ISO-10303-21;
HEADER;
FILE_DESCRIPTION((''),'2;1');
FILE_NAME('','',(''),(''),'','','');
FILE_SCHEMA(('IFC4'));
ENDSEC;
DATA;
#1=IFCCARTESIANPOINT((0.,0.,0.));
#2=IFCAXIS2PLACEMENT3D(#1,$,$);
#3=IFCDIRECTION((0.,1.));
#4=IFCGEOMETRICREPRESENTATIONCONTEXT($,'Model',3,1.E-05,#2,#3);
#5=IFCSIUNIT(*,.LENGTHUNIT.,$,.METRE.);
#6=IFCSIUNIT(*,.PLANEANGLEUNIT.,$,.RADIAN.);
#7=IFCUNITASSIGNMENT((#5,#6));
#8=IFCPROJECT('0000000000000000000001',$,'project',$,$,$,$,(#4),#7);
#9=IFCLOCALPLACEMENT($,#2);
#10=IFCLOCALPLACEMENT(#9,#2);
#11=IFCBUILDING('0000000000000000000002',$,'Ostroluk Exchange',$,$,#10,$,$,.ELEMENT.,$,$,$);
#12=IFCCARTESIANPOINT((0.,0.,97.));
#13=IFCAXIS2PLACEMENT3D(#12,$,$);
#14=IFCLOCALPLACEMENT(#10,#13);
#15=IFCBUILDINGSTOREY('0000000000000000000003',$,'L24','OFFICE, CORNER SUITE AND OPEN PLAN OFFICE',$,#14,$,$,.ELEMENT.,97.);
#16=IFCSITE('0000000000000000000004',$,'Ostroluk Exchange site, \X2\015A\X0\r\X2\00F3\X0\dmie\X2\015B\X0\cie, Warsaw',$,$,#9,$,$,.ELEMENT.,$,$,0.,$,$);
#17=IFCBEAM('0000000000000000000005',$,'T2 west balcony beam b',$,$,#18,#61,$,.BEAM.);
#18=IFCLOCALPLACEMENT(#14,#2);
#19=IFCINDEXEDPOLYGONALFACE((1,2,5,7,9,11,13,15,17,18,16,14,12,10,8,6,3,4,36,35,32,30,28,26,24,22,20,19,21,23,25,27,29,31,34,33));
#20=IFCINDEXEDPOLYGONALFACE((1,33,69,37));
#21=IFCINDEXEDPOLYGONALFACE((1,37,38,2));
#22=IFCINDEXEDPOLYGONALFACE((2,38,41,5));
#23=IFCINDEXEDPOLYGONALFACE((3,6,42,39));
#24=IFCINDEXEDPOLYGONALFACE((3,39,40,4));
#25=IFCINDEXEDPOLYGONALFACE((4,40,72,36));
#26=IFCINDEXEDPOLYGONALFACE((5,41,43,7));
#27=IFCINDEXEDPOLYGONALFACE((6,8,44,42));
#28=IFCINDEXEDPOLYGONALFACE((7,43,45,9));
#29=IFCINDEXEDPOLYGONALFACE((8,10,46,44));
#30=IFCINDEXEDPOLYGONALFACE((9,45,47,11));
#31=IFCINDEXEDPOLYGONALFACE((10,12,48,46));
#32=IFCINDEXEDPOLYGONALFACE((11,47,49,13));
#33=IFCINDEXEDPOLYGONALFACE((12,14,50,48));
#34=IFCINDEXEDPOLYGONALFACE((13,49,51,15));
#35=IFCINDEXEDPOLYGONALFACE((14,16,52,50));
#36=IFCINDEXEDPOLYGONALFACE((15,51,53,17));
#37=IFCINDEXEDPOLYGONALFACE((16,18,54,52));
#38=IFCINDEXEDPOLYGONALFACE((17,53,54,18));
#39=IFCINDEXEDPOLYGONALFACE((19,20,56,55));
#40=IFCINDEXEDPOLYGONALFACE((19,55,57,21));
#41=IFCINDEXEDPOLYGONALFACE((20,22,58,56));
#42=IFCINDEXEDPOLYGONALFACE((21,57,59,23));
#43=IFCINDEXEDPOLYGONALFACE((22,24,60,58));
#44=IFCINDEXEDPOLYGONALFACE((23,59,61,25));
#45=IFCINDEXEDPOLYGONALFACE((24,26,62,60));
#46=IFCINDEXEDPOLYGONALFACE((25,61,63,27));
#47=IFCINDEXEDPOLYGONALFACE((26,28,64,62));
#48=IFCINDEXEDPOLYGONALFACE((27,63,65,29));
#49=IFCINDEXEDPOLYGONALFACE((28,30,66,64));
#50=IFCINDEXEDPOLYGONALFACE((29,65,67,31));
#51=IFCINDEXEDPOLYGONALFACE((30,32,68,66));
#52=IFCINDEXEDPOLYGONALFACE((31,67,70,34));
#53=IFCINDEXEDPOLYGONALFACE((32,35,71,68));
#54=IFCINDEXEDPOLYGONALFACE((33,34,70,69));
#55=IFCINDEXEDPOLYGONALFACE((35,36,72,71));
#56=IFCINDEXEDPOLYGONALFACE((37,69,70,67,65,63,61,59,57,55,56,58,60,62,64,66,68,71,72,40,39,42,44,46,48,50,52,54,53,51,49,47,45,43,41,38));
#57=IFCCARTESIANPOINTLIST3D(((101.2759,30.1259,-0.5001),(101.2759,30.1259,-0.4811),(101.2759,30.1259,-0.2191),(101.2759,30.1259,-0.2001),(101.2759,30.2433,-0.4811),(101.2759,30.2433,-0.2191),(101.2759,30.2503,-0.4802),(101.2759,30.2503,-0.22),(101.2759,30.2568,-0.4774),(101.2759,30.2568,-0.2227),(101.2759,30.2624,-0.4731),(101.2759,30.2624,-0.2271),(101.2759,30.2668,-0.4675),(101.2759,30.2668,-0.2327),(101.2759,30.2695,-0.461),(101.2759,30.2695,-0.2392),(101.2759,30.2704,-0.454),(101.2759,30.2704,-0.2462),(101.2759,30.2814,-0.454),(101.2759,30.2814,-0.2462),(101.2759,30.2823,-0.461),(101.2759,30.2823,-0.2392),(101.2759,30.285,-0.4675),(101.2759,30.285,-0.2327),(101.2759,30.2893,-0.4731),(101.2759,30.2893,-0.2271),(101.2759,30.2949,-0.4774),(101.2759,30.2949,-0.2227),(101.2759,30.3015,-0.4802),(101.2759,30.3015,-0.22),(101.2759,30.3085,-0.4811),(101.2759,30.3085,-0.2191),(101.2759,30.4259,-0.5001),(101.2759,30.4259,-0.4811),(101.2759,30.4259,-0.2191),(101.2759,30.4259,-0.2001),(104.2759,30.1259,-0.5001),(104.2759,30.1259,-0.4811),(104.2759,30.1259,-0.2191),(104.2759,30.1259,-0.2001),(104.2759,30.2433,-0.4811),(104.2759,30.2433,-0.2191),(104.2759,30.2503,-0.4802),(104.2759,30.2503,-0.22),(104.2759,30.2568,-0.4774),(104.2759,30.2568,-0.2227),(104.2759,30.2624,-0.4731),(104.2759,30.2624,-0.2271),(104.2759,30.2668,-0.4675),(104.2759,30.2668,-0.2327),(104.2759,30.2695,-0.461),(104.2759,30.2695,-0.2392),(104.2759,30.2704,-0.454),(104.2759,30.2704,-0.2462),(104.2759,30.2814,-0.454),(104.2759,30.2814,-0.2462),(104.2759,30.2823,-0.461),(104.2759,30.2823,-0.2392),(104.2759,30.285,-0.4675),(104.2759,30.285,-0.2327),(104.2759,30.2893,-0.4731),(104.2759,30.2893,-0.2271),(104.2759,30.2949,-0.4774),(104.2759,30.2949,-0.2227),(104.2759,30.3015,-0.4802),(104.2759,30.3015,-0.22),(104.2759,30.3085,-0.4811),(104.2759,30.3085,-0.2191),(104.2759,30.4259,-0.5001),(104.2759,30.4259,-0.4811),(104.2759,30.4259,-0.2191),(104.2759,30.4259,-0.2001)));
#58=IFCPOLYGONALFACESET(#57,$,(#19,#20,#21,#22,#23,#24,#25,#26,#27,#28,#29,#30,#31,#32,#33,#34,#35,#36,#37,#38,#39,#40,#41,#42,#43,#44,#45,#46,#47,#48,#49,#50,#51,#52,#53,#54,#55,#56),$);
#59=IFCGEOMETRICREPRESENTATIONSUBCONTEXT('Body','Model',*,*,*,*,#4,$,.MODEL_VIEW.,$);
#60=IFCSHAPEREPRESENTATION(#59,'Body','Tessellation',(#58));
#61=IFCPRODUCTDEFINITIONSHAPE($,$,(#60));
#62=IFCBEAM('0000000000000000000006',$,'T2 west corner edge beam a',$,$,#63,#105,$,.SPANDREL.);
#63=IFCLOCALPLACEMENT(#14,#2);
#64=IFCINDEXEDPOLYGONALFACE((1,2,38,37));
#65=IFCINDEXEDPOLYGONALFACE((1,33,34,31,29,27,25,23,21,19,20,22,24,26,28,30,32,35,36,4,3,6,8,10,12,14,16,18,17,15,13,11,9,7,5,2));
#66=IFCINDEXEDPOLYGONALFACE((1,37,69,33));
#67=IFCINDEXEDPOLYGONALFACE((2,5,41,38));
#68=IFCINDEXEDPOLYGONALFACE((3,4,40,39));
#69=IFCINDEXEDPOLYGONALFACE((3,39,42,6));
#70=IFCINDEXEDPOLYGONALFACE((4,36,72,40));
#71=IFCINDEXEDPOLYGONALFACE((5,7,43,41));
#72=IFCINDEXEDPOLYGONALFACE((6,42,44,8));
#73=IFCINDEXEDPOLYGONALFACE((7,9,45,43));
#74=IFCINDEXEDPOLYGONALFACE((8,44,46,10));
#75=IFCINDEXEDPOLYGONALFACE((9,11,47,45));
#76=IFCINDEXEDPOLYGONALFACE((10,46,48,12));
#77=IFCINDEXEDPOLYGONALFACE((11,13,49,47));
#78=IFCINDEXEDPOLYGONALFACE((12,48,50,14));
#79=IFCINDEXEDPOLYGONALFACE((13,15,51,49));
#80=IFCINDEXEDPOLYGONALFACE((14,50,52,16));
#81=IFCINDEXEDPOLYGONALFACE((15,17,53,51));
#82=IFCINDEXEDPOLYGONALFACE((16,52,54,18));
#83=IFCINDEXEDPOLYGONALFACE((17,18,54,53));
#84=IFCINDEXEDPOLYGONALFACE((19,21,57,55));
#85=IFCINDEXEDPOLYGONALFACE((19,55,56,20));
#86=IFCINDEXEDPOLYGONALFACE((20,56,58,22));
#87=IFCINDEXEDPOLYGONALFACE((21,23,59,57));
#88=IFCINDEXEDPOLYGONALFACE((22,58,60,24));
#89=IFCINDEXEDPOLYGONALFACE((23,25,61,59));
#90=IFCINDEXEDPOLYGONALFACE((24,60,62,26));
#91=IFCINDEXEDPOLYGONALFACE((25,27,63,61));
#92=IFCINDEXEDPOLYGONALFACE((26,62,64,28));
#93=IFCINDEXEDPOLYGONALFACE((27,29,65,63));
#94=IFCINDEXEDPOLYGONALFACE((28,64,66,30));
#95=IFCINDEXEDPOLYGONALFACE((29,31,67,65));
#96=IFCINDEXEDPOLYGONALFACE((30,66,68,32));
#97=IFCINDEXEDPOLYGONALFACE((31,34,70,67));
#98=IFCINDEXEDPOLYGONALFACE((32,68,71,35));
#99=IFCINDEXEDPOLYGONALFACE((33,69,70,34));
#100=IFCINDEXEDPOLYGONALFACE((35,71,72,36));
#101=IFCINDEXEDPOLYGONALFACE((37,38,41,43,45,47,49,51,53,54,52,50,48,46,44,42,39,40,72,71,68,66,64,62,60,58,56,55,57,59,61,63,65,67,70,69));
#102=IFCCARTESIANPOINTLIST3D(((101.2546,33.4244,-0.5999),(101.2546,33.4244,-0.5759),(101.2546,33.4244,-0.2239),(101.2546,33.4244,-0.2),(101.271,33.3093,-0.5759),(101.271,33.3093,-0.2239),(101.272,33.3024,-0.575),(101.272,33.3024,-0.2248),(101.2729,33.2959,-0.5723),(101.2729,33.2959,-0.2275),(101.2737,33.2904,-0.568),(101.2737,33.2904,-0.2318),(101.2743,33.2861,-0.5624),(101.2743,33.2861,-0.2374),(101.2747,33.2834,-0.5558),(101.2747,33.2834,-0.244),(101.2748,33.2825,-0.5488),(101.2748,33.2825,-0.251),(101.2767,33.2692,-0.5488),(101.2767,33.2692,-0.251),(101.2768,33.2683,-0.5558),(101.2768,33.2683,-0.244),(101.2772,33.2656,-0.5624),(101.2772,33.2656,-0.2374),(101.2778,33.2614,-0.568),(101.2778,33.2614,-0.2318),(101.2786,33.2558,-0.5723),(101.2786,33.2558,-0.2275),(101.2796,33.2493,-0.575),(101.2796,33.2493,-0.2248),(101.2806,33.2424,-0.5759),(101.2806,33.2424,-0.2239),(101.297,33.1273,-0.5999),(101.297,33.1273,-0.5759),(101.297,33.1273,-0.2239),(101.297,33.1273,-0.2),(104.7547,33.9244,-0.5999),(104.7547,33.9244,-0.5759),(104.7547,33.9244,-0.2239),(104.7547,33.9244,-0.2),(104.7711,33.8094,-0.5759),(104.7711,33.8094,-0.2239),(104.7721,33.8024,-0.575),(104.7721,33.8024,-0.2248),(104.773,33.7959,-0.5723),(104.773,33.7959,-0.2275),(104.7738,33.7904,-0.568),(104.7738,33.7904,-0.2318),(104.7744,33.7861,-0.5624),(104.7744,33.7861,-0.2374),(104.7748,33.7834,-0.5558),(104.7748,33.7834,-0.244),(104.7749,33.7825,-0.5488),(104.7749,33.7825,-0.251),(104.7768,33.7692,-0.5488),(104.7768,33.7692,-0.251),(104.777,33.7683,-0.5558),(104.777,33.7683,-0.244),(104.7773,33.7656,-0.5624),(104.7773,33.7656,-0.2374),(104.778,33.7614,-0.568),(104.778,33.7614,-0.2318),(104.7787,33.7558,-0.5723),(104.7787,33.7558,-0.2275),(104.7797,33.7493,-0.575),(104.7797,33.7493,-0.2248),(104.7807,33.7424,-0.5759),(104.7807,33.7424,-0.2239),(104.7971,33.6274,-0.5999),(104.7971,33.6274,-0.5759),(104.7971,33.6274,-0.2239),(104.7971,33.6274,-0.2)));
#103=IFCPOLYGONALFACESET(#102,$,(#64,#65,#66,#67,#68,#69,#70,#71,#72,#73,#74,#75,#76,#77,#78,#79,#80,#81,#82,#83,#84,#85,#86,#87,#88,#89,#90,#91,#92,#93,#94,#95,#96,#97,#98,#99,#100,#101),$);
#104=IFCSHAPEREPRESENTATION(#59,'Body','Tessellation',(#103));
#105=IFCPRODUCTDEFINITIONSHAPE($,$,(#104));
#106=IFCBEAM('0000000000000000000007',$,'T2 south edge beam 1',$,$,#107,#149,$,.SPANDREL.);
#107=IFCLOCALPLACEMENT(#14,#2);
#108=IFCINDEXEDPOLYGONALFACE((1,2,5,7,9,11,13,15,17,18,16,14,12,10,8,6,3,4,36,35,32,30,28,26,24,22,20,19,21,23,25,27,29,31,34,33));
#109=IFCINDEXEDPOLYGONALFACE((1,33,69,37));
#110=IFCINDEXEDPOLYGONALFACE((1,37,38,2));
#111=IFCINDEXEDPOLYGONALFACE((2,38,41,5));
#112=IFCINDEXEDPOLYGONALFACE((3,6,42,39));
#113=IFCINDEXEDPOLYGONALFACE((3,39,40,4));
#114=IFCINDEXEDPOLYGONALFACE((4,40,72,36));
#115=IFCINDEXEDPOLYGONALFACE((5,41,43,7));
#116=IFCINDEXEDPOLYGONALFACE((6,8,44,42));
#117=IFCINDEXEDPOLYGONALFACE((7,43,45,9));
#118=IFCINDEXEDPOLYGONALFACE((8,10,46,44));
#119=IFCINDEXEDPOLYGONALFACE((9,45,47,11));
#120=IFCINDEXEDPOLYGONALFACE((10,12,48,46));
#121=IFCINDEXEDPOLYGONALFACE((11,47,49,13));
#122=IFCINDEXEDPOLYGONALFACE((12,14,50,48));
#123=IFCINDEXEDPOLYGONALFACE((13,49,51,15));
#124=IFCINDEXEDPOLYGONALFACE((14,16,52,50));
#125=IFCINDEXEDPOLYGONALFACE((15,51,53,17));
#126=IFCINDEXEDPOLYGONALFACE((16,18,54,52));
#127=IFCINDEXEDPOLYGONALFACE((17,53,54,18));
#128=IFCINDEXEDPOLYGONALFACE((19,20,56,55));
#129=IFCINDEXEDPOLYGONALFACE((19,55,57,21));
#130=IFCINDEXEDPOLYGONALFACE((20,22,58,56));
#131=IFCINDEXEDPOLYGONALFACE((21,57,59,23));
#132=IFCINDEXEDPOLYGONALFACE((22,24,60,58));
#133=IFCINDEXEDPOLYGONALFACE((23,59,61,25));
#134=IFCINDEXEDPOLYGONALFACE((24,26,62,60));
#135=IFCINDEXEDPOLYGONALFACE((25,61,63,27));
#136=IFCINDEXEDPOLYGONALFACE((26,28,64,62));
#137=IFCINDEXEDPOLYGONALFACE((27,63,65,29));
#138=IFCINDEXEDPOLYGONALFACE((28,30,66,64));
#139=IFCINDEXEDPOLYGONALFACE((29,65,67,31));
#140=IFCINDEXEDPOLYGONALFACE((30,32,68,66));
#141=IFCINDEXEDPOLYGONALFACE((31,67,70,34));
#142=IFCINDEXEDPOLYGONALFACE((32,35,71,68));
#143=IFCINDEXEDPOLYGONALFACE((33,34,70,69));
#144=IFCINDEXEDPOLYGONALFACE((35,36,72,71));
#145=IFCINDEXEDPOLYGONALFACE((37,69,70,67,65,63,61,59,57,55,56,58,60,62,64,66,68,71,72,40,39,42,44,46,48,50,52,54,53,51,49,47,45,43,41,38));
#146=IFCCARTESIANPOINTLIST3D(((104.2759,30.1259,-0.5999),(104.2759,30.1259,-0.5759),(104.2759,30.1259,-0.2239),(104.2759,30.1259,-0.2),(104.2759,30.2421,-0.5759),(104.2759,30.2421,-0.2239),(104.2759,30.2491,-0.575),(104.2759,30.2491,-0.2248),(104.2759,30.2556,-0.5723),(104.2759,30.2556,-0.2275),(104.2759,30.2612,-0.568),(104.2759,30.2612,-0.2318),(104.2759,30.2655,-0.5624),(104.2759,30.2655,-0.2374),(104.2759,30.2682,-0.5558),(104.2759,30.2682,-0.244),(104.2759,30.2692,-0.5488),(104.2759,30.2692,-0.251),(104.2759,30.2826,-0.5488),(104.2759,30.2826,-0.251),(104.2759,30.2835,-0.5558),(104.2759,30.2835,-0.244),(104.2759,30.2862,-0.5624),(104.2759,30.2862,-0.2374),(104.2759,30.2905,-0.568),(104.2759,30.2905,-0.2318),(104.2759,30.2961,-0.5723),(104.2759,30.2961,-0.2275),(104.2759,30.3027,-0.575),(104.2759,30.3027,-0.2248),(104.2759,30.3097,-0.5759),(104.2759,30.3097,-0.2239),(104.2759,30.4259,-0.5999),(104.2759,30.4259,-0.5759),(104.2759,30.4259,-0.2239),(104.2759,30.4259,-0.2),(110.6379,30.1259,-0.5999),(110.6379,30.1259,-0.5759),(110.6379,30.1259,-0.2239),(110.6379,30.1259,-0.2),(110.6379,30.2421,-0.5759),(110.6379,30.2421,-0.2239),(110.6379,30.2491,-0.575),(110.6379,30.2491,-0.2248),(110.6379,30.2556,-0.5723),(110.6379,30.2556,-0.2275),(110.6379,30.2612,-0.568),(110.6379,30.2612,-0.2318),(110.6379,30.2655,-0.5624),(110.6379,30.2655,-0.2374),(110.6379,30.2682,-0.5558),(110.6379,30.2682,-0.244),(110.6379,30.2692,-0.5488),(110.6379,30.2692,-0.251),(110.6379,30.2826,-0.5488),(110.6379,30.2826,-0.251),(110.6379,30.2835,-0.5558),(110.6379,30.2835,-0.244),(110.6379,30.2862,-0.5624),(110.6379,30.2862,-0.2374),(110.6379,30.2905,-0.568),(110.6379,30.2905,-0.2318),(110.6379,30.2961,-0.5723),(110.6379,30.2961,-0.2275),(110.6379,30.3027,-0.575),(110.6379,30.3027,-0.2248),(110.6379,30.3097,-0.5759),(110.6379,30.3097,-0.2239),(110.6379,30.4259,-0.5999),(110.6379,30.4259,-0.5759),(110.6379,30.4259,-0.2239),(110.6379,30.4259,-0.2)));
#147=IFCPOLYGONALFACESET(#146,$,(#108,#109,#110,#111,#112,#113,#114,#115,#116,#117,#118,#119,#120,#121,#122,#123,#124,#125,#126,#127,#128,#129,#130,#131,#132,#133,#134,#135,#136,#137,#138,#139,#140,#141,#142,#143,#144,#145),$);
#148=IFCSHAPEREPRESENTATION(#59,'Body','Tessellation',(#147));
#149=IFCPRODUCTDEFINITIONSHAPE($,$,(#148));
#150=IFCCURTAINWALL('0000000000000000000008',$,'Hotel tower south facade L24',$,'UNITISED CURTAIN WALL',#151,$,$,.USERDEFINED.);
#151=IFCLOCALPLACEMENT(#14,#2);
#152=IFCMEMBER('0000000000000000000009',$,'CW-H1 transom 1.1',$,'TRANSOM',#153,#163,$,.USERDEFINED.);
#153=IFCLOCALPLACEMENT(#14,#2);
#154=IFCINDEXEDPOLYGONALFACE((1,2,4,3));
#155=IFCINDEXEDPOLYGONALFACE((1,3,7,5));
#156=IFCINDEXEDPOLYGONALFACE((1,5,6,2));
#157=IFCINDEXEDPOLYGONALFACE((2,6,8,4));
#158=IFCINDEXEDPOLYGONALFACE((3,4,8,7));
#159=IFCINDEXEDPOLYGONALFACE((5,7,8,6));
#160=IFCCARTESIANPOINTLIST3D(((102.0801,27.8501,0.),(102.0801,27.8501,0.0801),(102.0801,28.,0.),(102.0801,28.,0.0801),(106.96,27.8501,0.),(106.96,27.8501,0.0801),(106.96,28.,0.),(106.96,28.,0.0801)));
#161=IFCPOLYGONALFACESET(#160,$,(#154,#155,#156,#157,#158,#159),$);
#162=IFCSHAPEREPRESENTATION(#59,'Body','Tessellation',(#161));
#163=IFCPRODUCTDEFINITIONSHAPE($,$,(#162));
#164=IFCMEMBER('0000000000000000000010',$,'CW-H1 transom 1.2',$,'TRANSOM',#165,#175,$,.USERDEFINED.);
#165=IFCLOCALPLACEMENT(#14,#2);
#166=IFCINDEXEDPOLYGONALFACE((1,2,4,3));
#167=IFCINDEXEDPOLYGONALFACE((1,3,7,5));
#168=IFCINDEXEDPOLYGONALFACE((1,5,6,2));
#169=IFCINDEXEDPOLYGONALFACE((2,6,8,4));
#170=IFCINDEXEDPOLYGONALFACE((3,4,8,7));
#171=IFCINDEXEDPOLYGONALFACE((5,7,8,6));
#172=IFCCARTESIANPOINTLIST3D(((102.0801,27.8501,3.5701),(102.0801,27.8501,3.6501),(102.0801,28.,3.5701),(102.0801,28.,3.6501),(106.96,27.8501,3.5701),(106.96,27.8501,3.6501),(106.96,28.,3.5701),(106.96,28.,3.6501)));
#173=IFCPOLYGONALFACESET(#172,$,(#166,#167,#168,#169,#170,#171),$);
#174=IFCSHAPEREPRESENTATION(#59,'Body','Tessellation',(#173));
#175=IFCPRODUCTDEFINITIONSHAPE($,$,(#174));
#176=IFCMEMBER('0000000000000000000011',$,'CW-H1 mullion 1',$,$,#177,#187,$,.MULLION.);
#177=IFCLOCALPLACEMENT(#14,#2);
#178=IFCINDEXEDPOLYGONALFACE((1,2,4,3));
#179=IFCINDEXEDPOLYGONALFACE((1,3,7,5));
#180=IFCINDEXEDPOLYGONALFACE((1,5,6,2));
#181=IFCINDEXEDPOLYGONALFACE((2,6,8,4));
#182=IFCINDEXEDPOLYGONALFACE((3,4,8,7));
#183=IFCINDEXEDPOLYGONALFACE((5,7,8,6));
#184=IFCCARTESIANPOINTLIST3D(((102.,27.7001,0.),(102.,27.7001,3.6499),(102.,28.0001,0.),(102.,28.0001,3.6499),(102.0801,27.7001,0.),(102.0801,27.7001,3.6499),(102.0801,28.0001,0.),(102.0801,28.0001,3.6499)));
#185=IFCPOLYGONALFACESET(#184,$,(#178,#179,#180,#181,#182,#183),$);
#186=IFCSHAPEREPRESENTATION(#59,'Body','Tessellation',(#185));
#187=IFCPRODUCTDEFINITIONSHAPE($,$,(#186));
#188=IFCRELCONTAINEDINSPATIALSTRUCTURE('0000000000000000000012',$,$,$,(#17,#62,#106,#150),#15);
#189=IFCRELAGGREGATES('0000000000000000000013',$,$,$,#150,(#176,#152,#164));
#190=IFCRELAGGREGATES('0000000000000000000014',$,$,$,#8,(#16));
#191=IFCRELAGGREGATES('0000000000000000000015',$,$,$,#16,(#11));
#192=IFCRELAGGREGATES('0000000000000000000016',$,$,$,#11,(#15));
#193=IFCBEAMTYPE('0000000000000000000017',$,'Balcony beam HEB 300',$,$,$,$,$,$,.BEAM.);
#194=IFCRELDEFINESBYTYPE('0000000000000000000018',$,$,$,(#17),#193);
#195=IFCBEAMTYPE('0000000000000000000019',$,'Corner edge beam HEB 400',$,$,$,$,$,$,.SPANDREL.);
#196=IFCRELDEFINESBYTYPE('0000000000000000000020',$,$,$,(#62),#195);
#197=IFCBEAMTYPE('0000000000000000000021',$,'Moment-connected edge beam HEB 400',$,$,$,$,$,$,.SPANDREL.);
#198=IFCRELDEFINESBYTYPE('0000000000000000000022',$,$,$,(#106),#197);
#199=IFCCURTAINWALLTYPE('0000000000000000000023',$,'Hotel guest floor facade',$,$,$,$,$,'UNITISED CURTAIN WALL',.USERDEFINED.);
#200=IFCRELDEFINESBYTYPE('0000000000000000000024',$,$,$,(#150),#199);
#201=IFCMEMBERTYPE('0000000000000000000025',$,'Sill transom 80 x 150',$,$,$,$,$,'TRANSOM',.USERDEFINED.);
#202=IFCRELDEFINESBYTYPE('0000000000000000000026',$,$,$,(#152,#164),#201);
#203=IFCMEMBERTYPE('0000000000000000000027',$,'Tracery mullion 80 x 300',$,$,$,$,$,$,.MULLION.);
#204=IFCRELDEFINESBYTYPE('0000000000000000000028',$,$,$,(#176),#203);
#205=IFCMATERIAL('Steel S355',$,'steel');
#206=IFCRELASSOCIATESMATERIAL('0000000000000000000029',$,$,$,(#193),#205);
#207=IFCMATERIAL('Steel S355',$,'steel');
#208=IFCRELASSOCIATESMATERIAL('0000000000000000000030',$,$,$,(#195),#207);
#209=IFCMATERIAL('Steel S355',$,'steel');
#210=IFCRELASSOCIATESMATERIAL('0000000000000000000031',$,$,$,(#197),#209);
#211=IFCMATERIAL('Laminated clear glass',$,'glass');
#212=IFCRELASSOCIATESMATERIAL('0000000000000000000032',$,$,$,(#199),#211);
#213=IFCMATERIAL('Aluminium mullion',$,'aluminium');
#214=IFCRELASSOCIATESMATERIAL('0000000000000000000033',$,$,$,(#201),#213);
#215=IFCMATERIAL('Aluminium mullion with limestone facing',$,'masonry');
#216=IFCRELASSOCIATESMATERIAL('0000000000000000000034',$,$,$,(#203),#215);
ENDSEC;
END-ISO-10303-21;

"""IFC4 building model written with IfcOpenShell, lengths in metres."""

from ifc_helpers import new_model, si_unit, direction, frame, origin, origin_2d, place, context, subcontext, project, spatial, rectangle, i_section, extrude, material, material_profile, profile_set, type_object, element, aggregate, save


model = new_model("IFC4")

# Units and contexts
model_context = context("Model", 3, precision=1e-05, world=origin(), true_north=direction((0.0, 1.0)))
body_context = subcontext(model_context, "Body", "Model", "MODEL_VIEW")
ifc_project = project(units=[si_unit("LENGTHUNIT", "METRE"), si_unit("PLANEANGLEUNIT", "RADIAN")], contexts=[model_context])

# Site, building, storey
site_placement = place(None, origin())
site = spatial("IfcSite", under=ifc_project, at=site_placement, Name="Ostroluk Exchange site, Śródmieście, Warsaw", CompositionType="ELEMENT", RefElevation=0.0)
building_placement = place(site_placement, origin())
building = spatial("IfcBuilding", under=site, at=building_placement, Name="Ostroluk Exchange", CompositionType="ELEMENT")
storey_placement = place(building_placement, frame((0.0, 0.0, 97.0)))
storey = spatial("IfcBuildingStorey", under=building, at=storey_placement, Name="L24", Description="OFFICE, CORNER SUITE AND OPEN PLAN OFFICE", CompositionType="ELEMENT", Elevation=97.0)

# Beams
ifc_material_1 = material(Name="Steel S355", Category="steel")
ifc_material_profile_1 = material_profile(ifc_material_1, i_section(OverallWidth=0.3, OverallDepth=0.3, WebThickness=0.011, FlangeThickness=0.019, FilletRadius=0.0271, at=origin_2d()), Name="HEB 300")
ifc_profile_set_1 = profile_set([ifc_material_profile_1], Name="Steel S355")
beam_type_1 = type_object("IfcBeamType", Name="Balcony beam HEB 300", PredefinedType="BEAM", material=ifc_profile_set_1)
for number, where, z_axis, x_axis, name in (
    (1, (104.2759, 30.2759, -0.3501), (-1.0, 0.0, 0.0), (0.0, -1.0, 0.0), "T2 west balcony beam b"),
):
    element("IfcBeam", number, at=place(storey_placement, frame(where, z_axis=z_axis, x_axis=x_axis)), inside=storey, type_object=beam_type_1, Name=name, PredefinedType="BEAM", context=body_context, shape_type="SweptSolid", body=[
        extrude(i_section(OverallWidth=0.3, OverallDepth=0.3, WebThickness=0.011, FlangeThickness=0.019, FilletRadius=0.0271, at=origin_2d()), origin(), (0.0, 0.0, 1.0), 3.0),
    ])
ifc_material_2 = material(Name="Steel S355", Category="steel")
ifc_material_profile_2 = material_profile(ifc_material_2, i_section(OverallWidth=0.3, OverallDepth=0.3999, WebThickness=0.0134, FlangeThickness=0.0239, FilletRadius=0.0271, at=origin_2d()), Name="HEB 400")
ifc_profile_set_2 = profile_set([ifc_material_profile_2], Name="Steel S355")
beam_type_2 = type_object("IfcBeamType", Name="Corner edge beam HEB 400", PredefinedType="SPANDREL", material=ifc_profile_set_2)
beam_1_placement = place(storey_placement, frame((104.7759, 33.7759, -0.3999), z_axis=(-0.989949, -0.141421, 0.0), x_axis=(0.141421, -0.989949, 0.0)))
element("IfcBeam", 2, at=beam_1_placement, inside=storey, type_object=beam_type_2, Name="T2 west corner edge beam a", PredefinedType="SPANDREL", context=body_context, shape_type="SweptSolid", body=[
    extrude(i_section(OverallWidth=0.3, OverallDepth=0.3999, WebThickness=0.0134, FlangeThickness=0.0239, FilletRadius=0.0271, at=origin_2d()), origin(), (0.0, 0.0, 1.0), 3.5356),
])
ifc_material_3 = material(Name="Steel S355", Category="steel")
ifc_material_profile_3 = material_profile(ifc_material_3, i_section(OverallWidth=0.3, OverallDepth=0.3999, WebThickness=0.0134, FlangeThickness=0.0239, FilletRadius=0.0271, at=origin_2d()), Name="HEB 400")
ifc_profile_set_3 = profile_set([ifc_material_profile_3], Name="Steel S355")
beam_type_3 = type_object("IfcBeamType", Name="Moment-connected edge beam HEB 400", PredefinedType="SPANDREL", material=ifc_profile_set_3)
beam_2_placement = place(storey_placement, frame((104.2759, 30.2759, -0.3999), z_axis=(1.0, 0.0, 0.0), x_axis=(0.0, 1.0, 0.0)))
element("IfcBeam", 3, at=beam_2_placement, inside=storey, type_object=beam_type_3, Name="T2 south edge beam 1", PredefinedType="SPANDREL", context=body_context, shape_type="SweptSolid", body=[
    extrude(i_section(OverallWidth=0.3, OverallDepth=0.3999, WebThickness=0.0134, FlangeThickness=0.0239, FilletRadius=0.0271, at=origin_2d()), origin(), (0.0, 0.0, 1.0), 6.3621),
])

# Curtain wall, members
ifc_material_4 = material(Name="Laminated clear glass", Category="glass")
curtain_wall_type = type_object("IfcCurtainWallType", Name="Hotel guest floor facade", ElementType="UNITISED CURTAIN WALL", PredefinedType="USERDEFINED", material=ifc_material_4)
curtain_wall_1_placement = place(storey_placement, origin())
curtain_wall_1 = element("IfcCurtainWall", 4, at=curtain_wall_1_placement, inside=storey, type_object=curtain_wall_type, Name="Hotel tower south facade L24", ObjectType="UNITISED CURTAIN WALL", PredefinedType="USERDEFINED")
ifc_material_5 = material(Name="Aluminium mullion", Category="aluminium")
ifc_material_profile_4 = material_profile(ifc_material_5, rectangle(XDim=0.1499, YDim=0.0801, at=origin_2d()), Name="Sill transom 80 x 150")
ifc_profile_set_4 = profile_set([ifc_material_profile_4], Name="Aluminium mullion")
member_type_1 = type_object("IfcMemberType", Name="Sill transom 80 x 150", ElementType="TRANSOM", PredefinedType="USERDEFINED", material=ifc_profile_set_4)
member_1_placement = place(storey_placement, frame((102.0801, 27.925, 0.04), z_axis=(1.0, 0.0, 0.0), x_axis=(0.0, 1.0, 0.0)))
member_1 = element("IfcMember", 5, at=member_1_placement, type_object=member_type_1, Name="CW-H1 transom 1.1", ObjectType="TRANSOM", PredefinedType="USERDEFINED", context=body_context, shape_type="SweptSolid", body=[
    extrude(rectangle(XDim=0.1499, YDim=0.0801, at=origin_2d()), origin(), (0.0, 0.0, 1.0), 4.8799),
])
member_2_placement = place(storey_placement, frame((102.0801, 27.925, 3.6101), z_axis=(1.0, 0.0, 0.0), x_axis=(0.0, 1.0, 0.0)))
member_2 = element("IfcMember", 6, at=member_2_placement, type_object=member_type_1, Name="CW-H1 transom 1.2", ObjectType="TRANSOM", PredefinedType="USERDEFINED", context=body_context, shape_type="SweptSolid", body=[
    extrude(rectangle(XDim=0.1499, YDim=0.0801, at=origin_2d()), origin(), (0.0, 0.0, 1.0), 4.8799),
])
ifc_material_6 = material(Name="Aluminium mullion with limestone facing", Category="masonry")
ifc_material_profile_5 = material_profile(ifc_material_6, rectangle(XDim=0.3, YDim=0.0801, at=origin_2d()), Name="Tracery mullion 80 x 300")
ifc_profile_set_5 = profile_set([ifc_material_profile_5], Name="Aluminium mullion with limestone facing")
member_type_2 = type_object("IfcMemberType", Name="Tracery mullion 80 x 300", PredefinedType="MULLION", material=ifc_profile_set_5)
member_3_placement = place(storey_placement, frame((102.04, 27.8501, 0.0), z_axis=(0.0, 0.0, 1.0), x_axis=(0.0, 1.0, 0.0)))
member_3 = element("IfcMember", 7, at=member_3_placement, type_object=member_type_2, Name="CW-H1 mullion 1", PredefinedType="MULLION", context=body_context, shape_type="SweptSolid", body=[
    extrude(rectangle(XDim=0.3, YDim=0.0801, at=origin_2d()), origin(), (0.0, 0.0, 1.0), 3.6499),
])

aggregate(curtain_wall_1, [member_3, member_1, member_2])

save(model, "model.ifc")
